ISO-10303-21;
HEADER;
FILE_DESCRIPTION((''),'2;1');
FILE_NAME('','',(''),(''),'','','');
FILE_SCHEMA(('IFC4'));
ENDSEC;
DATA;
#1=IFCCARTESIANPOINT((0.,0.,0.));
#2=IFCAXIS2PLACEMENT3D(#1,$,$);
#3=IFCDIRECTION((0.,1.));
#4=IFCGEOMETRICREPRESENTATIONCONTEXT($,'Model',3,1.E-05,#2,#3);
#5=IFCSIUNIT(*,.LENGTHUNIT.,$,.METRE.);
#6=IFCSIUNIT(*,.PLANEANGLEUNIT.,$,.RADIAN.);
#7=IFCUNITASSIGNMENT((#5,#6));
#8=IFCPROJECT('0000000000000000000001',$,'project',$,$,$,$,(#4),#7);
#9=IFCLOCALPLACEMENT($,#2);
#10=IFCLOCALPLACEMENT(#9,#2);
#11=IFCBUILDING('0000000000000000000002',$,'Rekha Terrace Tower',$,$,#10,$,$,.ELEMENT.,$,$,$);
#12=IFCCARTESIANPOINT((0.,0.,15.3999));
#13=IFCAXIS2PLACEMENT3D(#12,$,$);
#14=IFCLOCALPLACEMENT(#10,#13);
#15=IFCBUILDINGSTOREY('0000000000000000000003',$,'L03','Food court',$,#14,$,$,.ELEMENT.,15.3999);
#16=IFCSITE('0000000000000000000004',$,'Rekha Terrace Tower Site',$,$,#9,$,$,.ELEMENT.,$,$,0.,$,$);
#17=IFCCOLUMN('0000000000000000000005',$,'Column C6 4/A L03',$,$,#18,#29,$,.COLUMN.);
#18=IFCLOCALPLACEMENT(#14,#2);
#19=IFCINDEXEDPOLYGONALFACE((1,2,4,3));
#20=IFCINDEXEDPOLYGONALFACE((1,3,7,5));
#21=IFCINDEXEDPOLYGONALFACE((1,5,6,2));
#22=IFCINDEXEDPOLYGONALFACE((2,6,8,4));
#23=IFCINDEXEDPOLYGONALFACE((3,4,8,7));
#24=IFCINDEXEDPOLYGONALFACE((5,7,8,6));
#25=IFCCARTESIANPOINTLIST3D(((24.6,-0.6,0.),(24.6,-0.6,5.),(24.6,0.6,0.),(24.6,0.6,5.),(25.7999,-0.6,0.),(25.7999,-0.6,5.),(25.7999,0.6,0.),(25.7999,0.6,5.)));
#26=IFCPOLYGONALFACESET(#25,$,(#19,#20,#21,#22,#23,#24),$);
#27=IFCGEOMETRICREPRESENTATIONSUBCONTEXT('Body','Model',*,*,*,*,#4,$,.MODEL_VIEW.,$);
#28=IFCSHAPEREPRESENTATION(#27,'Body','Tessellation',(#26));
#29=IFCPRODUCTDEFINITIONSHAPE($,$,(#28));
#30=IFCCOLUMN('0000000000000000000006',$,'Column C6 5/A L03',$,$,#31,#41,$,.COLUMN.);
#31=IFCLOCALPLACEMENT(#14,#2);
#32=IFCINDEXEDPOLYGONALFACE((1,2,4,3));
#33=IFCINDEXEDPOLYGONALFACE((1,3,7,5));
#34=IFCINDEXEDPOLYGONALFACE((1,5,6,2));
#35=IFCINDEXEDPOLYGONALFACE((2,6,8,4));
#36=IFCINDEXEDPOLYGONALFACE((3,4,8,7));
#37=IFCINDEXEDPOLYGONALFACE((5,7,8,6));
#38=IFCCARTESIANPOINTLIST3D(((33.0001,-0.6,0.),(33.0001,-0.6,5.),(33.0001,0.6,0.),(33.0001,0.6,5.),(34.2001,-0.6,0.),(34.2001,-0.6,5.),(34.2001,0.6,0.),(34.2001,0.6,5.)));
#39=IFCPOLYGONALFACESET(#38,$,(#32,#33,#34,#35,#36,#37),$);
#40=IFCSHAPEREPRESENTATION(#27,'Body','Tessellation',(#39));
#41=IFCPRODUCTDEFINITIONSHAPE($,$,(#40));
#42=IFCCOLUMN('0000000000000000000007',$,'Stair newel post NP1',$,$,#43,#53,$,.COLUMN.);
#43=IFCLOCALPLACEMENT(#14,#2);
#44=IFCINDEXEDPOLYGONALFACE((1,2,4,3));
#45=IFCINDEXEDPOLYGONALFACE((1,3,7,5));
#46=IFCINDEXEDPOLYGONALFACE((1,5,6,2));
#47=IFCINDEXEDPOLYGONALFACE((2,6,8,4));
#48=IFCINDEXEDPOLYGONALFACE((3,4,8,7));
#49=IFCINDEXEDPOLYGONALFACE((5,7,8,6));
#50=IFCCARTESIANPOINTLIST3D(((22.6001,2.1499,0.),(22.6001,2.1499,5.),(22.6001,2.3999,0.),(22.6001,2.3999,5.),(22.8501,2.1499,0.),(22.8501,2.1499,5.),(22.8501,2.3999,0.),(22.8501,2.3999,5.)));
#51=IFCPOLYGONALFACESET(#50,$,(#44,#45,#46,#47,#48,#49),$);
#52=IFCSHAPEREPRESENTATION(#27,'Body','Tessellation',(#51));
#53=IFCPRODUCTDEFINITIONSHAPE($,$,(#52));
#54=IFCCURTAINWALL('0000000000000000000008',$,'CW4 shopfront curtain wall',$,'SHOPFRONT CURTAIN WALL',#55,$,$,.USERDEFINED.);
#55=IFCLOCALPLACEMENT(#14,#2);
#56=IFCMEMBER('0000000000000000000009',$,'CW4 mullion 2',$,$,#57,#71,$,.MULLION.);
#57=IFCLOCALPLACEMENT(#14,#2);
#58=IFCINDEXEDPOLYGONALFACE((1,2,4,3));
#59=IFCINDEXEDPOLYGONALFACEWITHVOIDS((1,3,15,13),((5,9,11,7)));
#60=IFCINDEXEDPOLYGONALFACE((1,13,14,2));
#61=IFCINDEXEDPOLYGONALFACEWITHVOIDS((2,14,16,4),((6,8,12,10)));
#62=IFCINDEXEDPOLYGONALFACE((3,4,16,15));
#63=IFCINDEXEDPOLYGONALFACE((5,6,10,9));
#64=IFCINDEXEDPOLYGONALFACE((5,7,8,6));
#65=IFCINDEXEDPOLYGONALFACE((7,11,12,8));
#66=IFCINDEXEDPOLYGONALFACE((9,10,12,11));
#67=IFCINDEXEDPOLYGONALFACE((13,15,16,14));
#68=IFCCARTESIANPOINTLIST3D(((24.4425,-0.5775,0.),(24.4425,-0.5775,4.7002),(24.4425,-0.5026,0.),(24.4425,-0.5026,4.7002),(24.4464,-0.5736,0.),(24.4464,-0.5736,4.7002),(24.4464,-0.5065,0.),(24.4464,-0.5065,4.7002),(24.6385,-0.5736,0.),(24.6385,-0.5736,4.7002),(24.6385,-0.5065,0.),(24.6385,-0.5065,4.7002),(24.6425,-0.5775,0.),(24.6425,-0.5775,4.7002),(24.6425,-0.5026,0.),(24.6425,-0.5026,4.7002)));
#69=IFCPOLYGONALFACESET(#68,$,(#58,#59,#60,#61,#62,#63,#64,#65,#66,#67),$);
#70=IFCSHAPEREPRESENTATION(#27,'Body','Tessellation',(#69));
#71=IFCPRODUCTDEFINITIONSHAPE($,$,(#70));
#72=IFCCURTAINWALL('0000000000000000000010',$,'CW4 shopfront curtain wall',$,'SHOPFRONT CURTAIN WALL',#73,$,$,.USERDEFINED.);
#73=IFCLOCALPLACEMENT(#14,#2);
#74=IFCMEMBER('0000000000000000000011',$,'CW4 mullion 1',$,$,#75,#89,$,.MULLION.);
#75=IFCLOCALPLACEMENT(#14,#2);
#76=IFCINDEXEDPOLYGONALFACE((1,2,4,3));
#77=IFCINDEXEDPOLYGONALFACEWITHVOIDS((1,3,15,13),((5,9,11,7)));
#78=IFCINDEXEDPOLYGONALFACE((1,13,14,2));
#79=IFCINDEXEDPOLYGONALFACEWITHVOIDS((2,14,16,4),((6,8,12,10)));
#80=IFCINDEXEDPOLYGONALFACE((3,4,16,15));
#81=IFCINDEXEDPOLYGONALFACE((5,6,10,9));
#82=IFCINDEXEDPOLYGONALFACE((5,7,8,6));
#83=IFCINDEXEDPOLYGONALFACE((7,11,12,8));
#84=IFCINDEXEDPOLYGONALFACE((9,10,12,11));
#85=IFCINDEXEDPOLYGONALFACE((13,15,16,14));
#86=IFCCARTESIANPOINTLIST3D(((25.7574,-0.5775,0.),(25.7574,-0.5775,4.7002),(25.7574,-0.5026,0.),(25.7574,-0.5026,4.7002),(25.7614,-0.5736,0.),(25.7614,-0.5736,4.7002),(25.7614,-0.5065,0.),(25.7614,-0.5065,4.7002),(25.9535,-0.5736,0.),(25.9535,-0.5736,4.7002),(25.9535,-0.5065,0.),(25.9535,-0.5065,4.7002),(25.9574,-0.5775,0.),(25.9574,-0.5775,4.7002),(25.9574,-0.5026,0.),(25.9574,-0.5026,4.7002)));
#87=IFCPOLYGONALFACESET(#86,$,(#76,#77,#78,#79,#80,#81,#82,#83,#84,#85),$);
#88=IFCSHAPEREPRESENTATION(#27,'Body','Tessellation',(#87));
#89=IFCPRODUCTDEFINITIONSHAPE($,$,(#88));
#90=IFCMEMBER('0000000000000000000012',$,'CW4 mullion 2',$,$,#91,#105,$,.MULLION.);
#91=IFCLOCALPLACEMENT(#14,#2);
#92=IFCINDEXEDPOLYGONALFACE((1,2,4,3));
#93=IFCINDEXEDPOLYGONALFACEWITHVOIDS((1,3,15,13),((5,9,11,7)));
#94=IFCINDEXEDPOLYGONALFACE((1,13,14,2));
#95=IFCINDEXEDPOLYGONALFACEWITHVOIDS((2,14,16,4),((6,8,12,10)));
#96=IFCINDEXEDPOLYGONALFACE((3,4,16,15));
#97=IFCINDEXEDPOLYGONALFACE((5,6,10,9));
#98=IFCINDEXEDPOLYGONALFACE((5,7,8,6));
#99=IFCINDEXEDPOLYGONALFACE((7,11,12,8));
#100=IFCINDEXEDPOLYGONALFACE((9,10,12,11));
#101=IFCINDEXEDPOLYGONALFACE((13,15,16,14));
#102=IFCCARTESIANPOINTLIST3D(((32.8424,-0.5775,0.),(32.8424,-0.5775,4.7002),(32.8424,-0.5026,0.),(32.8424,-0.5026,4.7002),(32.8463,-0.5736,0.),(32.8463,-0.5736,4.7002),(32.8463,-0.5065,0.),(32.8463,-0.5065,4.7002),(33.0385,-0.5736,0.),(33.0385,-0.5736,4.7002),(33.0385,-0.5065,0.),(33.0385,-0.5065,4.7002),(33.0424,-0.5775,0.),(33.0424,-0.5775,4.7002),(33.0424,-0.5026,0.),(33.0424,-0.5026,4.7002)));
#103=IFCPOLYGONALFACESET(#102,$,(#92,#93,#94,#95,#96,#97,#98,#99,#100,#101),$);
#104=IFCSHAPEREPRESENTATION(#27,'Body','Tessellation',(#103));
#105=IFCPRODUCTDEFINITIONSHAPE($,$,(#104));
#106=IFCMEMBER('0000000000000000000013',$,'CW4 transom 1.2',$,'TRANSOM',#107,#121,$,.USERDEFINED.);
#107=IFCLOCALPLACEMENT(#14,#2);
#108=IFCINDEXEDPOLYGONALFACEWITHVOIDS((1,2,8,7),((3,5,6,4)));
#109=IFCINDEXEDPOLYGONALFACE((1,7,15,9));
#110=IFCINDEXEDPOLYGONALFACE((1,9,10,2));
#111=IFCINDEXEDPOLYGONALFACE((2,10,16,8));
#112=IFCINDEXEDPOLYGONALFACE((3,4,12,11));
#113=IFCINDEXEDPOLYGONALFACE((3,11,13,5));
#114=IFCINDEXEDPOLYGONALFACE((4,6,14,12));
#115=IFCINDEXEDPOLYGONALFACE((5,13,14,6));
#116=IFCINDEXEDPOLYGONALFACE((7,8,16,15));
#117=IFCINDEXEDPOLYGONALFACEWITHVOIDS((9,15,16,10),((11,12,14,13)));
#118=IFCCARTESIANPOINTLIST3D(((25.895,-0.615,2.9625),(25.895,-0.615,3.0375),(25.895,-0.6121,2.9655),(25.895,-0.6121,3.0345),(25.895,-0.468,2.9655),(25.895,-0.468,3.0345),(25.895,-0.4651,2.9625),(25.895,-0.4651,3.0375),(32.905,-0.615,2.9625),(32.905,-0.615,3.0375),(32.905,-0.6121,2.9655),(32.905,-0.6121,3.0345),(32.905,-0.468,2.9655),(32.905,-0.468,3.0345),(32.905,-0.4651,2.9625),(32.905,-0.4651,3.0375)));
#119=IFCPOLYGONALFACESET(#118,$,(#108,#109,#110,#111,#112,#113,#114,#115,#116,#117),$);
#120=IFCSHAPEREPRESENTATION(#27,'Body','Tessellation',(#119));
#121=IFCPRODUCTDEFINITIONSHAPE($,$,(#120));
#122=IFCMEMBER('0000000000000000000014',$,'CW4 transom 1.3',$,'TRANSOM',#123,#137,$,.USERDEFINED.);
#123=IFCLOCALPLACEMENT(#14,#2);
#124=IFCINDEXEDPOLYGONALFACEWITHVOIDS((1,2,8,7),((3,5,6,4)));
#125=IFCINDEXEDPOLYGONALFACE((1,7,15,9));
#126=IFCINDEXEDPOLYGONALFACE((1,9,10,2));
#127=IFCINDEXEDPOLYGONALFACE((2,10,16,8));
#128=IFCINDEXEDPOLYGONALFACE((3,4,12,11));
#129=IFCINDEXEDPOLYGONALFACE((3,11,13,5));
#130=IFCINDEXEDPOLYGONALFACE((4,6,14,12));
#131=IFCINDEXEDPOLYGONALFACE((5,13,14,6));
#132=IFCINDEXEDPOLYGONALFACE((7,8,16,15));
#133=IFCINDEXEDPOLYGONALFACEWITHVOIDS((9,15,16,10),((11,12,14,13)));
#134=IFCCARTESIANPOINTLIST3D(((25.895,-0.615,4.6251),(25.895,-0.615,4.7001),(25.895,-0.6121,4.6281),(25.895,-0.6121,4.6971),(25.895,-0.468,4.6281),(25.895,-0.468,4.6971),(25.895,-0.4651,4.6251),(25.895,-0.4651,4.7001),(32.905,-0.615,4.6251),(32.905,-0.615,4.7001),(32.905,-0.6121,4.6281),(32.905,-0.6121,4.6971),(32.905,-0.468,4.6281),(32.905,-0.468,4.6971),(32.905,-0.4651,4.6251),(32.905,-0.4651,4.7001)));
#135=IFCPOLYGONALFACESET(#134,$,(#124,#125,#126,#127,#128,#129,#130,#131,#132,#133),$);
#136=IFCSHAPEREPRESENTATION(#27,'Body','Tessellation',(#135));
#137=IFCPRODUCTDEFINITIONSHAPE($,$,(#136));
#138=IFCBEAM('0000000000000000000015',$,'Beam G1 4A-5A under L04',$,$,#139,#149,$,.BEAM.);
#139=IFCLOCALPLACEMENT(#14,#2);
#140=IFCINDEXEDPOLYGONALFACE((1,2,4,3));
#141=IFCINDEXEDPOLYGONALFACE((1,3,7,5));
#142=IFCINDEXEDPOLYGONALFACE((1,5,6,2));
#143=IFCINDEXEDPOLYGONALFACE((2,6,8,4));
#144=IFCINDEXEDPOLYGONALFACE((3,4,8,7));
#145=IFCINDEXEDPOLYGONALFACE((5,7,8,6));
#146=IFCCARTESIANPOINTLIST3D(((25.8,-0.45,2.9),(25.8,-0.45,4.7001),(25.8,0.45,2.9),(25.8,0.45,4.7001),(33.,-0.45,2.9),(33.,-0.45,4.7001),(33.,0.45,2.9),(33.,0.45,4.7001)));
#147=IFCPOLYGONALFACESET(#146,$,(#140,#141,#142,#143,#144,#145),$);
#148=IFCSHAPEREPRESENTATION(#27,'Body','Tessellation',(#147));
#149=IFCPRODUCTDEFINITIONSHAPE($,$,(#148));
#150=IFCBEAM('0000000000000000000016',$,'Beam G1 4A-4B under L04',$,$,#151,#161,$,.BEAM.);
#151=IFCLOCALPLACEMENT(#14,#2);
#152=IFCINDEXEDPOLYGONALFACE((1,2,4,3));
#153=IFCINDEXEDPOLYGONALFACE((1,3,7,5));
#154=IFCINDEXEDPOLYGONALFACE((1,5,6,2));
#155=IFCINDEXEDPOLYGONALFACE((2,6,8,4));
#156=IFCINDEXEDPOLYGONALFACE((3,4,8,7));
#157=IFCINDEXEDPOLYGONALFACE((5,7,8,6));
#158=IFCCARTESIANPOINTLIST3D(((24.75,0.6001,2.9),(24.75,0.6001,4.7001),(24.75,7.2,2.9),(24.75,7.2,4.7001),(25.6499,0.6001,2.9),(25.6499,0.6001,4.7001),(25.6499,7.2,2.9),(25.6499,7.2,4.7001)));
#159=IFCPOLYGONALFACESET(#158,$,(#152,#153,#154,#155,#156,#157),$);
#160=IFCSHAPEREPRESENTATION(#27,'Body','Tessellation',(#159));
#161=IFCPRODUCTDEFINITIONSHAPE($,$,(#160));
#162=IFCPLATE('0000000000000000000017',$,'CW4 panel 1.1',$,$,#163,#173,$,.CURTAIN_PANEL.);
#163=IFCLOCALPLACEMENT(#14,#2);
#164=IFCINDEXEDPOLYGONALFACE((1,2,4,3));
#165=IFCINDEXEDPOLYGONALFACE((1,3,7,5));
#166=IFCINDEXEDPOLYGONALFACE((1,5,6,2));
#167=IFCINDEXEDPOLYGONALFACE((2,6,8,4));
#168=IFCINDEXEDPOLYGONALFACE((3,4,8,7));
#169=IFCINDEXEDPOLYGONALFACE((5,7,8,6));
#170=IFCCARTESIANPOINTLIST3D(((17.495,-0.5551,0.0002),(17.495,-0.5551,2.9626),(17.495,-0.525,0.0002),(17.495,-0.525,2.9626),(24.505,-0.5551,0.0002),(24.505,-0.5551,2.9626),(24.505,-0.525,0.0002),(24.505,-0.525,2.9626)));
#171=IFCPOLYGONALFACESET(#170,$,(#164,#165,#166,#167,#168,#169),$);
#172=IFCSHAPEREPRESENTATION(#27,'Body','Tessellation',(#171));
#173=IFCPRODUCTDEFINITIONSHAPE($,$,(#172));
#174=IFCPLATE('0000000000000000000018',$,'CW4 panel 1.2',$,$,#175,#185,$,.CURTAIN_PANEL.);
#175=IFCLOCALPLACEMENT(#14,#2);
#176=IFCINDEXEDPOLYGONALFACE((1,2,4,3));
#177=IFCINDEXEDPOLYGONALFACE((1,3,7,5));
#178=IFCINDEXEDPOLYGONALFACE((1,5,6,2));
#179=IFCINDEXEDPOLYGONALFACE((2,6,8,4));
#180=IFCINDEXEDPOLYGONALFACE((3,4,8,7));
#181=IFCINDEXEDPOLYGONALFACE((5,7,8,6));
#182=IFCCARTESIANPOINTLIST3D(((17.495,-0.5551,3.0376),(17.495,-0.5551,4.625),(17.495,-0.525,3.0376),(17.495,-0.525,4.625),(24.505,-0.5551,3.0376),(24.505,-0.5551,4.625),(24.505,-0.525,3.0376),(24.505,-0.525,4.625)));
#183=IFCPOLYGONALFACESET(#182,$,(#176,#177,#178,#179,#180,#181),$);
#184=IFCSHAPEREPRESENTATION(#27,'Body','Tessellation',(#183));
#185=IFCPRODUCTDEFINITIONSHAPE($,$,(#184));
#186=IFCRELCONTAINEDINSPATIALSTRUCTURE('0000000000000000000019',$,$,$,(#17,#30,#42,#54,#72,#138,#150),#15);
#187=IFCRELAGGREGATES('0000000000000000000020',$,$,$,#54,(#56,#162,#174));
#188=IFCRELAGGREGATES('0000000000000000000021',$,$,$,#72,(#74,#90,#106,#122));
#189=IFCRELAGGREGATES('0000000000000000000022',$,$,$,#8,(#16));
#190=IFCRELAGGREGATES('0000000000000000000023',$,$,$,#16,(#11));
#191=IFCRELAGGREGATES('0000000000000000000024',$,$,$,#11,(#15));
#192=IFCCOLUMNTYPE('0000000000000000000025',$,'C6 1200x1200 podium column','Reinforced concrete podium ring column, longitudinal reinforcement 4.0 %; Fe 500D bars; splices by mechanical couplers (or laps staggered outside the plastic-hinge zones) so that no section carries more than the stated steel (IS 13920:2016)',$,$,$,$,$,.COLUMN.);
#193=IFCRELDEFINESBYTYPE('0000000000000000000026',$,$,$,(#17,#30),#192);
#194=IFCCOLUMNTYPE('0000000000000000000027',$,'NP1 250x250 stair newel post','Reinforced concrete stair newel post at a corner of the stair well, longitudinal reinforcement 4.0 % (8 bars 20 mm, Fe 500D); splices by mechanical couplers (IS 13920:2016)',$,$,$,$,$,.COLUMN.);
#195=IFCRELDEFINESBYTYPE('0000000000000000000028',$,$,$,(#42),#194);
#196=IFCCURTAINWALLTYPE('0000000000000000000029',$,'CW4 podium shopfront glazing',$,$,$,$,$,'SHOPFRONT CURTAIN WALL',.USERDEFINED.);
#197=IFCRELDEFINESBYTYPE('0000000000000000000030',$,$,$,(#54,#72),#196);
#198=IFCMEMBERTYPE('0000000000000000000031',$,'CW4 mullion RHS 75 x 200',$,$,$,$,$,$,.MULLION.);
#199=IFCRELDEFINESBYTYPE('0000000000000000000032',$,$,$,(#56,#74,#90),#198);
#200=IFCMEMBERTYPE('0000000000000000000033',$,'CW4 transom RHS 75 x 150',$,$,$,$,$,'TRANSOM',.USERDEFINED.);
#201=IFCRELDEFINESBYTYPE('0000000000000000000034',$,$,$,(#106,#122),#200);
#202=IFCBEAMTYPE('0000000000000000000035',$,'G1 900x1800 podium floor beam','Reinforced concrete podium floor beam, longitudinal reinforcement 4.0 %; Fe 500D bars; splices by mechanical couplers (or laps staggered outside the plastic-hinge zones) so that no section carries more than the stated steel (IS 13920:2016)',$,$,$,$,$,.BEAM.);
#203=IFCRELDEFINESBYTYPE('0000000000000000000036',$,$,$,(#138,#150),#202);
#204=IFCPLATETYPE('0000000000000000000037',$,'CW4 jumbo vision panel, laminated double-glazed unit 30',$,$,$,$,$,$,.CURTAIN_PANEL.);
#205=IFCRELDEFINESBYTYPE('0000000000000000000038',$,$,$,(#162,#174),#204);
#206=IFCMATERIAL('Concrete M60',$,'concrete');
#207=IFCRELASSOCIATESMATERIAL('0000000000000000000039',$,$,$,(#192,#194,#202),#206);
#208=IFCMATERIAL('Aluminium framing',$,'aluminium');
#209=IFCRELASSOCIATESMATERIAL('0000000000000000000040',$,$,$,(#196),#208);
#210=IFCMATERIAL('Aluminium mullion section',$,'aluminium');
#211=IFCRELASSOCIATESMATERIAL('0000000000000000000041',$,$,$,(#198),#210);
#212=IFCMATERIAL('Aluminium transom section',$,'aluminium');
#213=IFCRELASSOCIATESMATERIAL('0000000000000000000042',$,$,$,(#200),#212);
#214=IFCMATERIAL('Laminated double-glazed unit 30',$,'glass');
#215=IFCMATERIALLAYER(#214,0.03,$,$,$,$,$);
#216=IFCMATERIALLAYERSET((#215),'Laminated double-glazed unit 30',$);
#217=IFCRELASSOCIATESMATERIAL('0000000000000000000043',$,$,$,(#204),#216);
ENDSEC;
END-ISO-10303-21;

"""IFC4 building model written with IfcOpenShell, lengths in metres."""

from ifc_helpers import new_model, si_unit, direction, frame, origin, origin_2d, place, context, subcontext, project, spatial, rectangle, hollow_rectangle, extrude, material, layer, layer_set, material_profile, profile_set, type_object, element, aggregate, save


model = new_model("IFC4")

# Units and contexts
model_context = context("Model", 3, precision=1e-05, world=origin(), true_north=direction((0.0, 1.0)))
body_context = subcontext(model_context, "Body", "Model", "MODEL_VIEW")
ifc_project = project(units=[si_unit("LENGTHUNIT", "METRE"), si_unit("PLANEANGLEUNIT", "RADIAN")], contexts=[model_context])

# Site, building, storey
site_placement = place(None, origin())
site = spatial("IfcSite", under=ifc_project, at=site_placement, Name="Rekha Terrace Tower Site", CompositionType="ELEMENT", RefElevation=0.0)
building_placement = place(site_placement, origin())
building = spatial("IfcBuilding", under=site, at=building_placement, Name="Rekha Terrace Tower", CompositionType="ELEMENT")
storey_placement = place(building_placement, frame((0.0, 0.0, 15.3999)))
storey = spatial("IfcBuildingStorey", under=building, at=storey_placement, Name="L03", Description="Food court", CompositionType="ELEMENT", Elevation=15.3999)

# Columns
ifc_material_1 = material(Name="Concrete M60", Category="concrete")
ifc_material_profile_1 = material_profile(ifc_material_1, rectangle(XDim=1.2, YDim=1.2, at=origin_2d()), Name="RC 1200x1200")
ifc_profile_set_1 = profile_set([ifc_material_profile_1], Name="Concrete M60")
column_type_1 = type_object("IfcColumnType", Name="C6 1200x1200 podium column", Description="Reinforced concrete podium ring column, longitudinal reinforcement 4.0 %; Fe 500D bars; splices by mechanical couplers (or laps staggered outside the plastic-hinge zones) so that no section carries more than the stated steel (IS 13920:2016)", PredefinedType="COLUMN", material=ifc_profile_set_1)
for number, where, z_axis, x_axis, name in (
    (1, (25.2, 0.0, 0.0), (0.0, 0.0, 1.0), (1.0, 0.0, 0.0), "Column C6 4/A L03"),
    (2, (33.6001, 0.0, 0.0), (0.0, 0.0, 1.0), (1.0, 0.0, 0.0), "Column C6 5/A L03"),
):
    element("IfcColumn", number, at=place(storey_placement, frame(where, z_axis=z_axis, x_axis=x_axis)), inside=storey, type_object=column_type_1, Name=name, PredefinedType="COLUMN", context=body_context, shape_type="SweptSolid", body=[
        extrude(rectangle(XDim=1.2, YDim=1.2, at=origin_2d()), origin(), (0.0, 0.0, 1.0), 5.0),
    ])
ifc_material_profile_2 = material_profile(ifc_material_1, rectangle(XDim=0.25, YDim=0.25, at=origin_2d()), Name="RC 250x250")
ifc_profile_set_2 = profile_set([ifc_material_profile_2], Name="Concrete M60")
column_type_2 = type_object("IfcColumnType", Name="NP1 250x250 stair newel post", Description="Reinforced concrete stair newel post at a corner of the stair well, longitudinal reinforcement 4.0 % (8 bars 20 mm, Fe 500D); splices by mechanical couplers (IS 13920:2016)", PredefinedType="COLUMN", material=ifc_profile_set_2)
column_placement = place(storey_placement, frame((22.7251, 2.2749, 0.0), z_axis=(0.0, 0.0, 1.0), x_axis=(1.0, 0.0, 0.0)))
element("IfcColumn", 3, at=column_placement, inside=storey, type_object=column_type_2, Name="Stair newel post NP1", PredefinedType="COLUMN", context=body_context, shape_type="SweptSolid", body=[
    extrude(rectangle(XDim=0.25, YDim=0.25, at=origin_2d()), origin(), (0.0, 0.0, 1.0), 5.0),
])

# Curtain wall, member
ifc_material_2 = material(Name="Aluminium framing", Category="aluminium")
curtain_wall_type = type_object("IfcCurtainWallType", Name="CW4 podium shopfront glazing", ElementType="SHOPFRONT CURTAIN WALL", PredefinedType="USERDEFINED", material=ifc_material_2)
curtain_wall_1_placement = place(storey_placement, origin())
curtain_wall_1 = element("IfcCurtainWall", 4, at=curtain_wall_1_placement, inside=storey, type_object=curtain_wall_type, Name="CW4 shopfront curtain wall", ObjectType="SHOPFRONT CURTAIN WALL", PredefinedType="USERDEFINED")
ifc_material_3 = material(Name="Aluminium mullion section", Category="aluminium")
ifc_material_profile_3 = material_profile(ifc_material_3, hollow_rectangle(XDim=0.075, YDim=0.2, WallThickness=0.0039, at=origin_2d()), Name="AL RHS 75x200")
ifc_profile_set_3 = profile_set([ifc_material_profile_3], Name="Aluminium mullion section")
member_type_1 = type_object("IfcMemberType", Name="CW4 mullion RHS 75 x 200", PredefinedType="MULLION", material=ifc_profile_set_3)
member_1_placement = place(storey_placement, frame((24.5425, -0.54, 0.0), z_axis=(0.0, 0.0, 1.0), x_axis=(0.0, 1.0, 0.0)))
member_1 = element("IfcMember", 5, at=member_1_placement, type_object=member_type_1, Name="CW4 mullion 2", PredefinedType="MULLION", context=body_context, shape_type="SweptSolid", body=[
    extrude(hollow_rectangle(XDim=0.075, YDim=0.2, WallThickness=0.0039, at=origin_2d()), origin(), (0.0, 0.0, 1.0), 4.7002),
])

# Curtain wall, members
curtain_wall_2_placement = place(storey_placement, origin())
curtain_wall_2 = element("IfcCurtainWall", 6, at=curtain_wall_2_placement, inside=storey, type_object=curtain_wall_type, Name="CW4 shopfront curtain wall", ObjectType="SHOPFRONT CURTAIN WALL", PredefinedType="USERDEFINED")
member_2_placement = place(storey_placement, frame((25.8574, -0.54, 0.0), z_axis=(0.0, 0.0, 1.0), x_axis=(0.0, 1.0, 0.0)))
member_2 = element("IfcMember", 7, at=member_2_placement, type_object=member_type_1, Name="CW4 mullion 1", PredefinedType="MULLION", context=body_context, shape_type="SweptSolid", body=[
    extrude(hollow_rectangle(XDim=0.075, YDim=0.2, WallThickness=0.0039, at=origin_2d()), origin(), (0.0, 0.0, 1.0), 4.7002),
])
member_3_placement = place(storey_placement, frame((32.9424, -0.54, 0.0), z_axis=(0.0, 0.0, 1.0), x_axis=(0.0, 1.0, 0.0)))
member_3 = element("IfcMember", 8, at=member_3_placement, type_object=member_type_1, Name="CW4 mullion 2", PredefinedType="MULLION", context=body_context, shape_type="SweptSolid", body=[
    extrude(hollow_rectangle(XDim=0.075, YDim=0.2, WallThickness=0.0039, at=origin_2d()), origin(), (0.0, 0.0, 1.0), 4.7002),
])
ifc_material_4 = material(Name="Aluminium transom section", Category="aluminium")
ifc_material_profile_4 = material_profile(ifc_material_4, hollow_rectangle(XDim=0.1499, YDim=0.075, WallThickness=0.0029, at=origin_2d()), Name="AL RHS 150x75")
ifc_profile_set_4 = profile_set([ifc_material_profile_4], Name="Aluminium transom section")
member_type_2 = type_object("IfcMemberType", Name="CW4 transom RHS 75 x 150", ElementType="TRANSOM", PredefinedType="USERDEFINED", material=ifc_profile_set_4)
member_4_placement = place(storey_placement, frame((25.895, -0.54, 3.0), z_axis=(1.0, 0.0, 0.0), x_axis=(0.0, 1.0, 0.0)))
member_4 = element("IfcMember", 9, at=member_4_placement, type_object=member_type_2, Name="CW4 transom 1.2", ObjectType="TRANSOM", PredefinedType="USERDEFINED", context=body_context, shape_type="SweptSolid", body=[
    extrude(hollow_rectangle(XDim=0.1499, YDim=0.075, WallThickness=0.0029, at=origin_2d()), origin(), (0.0, 0.0, 1.0), 7.01),
])
member_5_placement = place(storey_placement, frame((25.895, -0.54, 4.6626), z_axis=(1.0, 0.0, 0.0), x_axis=(0.0, 1.0, 0.0)))
member_5 = element("IfcMember", 10, at=member_5_placement, type_object=member_type_2, Name="CW4 transom 1.3", ObjectType="TRANSOM", PredefinedType="USERDEFINED", context=body_context, shape_type="SweptSolid", body=[
    extrude(hollow_rectangle(XDim=0.1499, YDim=0.075, WallThickness=0.0029, at=origin_2d()), origin(), (0.0, 0.0, 1.0), 7.01),
])

# Beams
ifc_material_profile_5 = material_profile(ifc_material_1, rectangle(XDim=0.8999, YDim=1.8, at=origin_2d()), Name="RC 900x1800")
ifc_profile_set_5 = profile_set([ifc_material_profile_5], Name="Concrete M60")
beam_type = type_object("IfcBeamType", Name="G1 900x1800 podium floor beam", Description="Reinforced concrete podium floor beam, longitudinal reinforcement 4.0 %; Fe 500D bars; splices by mechanical couplers (or laps staggered outside the plastic-hinge zones) so that no section carries more than the stated steel (IS 13920:2016)", PredefinedType="BEAM", material=ifc_profile_set_5)
beam_1_placement = place(storey_placement, frame((25.8, 0.0, 3.8), z_axis=(1.0, 0.0, 0.0), x_axis=(0.0, 1.0, 0.0)))
element("IfcBeam", 11, at=beam_1_placement, inside=storey, type_object=beam_type, Name="Beam G1 4A-5A under L04", PredefinedType="BEAM", context=body_context, shape_type="SweptSolid", body=[
    extrude(rectangle(XDim=0.8999, YDim=1.8, at=origin_2d()), origin(), (0.0, 0.0, 1.0), 7.2),
])
beam_2_placement = place(storey_placement, frame((25.2, 0.6001, 3.8), z_axis=(0.0, 1.0, 0.0), x_axis=(-1.0, 0.0, 0.0)))
element("IfcBeam", 12, at=beam_2_placement, inside=storey, type_object=beam_type, Name="Beam G1 4A-4B under L04", PredefinedType="BEAM", context=body_context, shape_type="SweptSolid", body=[
    extrude(rectangle(XDim=0.8999, YDim=1.8, at=origin_2d()), origin(), (0.0, 0.0, 1.0), 6.5999),
])

# Plates
ifc_material_5 = material(Name="Laminated double-glazed unit 30", Category="glass")
ifc_layer_1 = layer(ifc_material_5, 0.03)
ifc_layer_set_1 = layer_set([ifc_layer_1], Name="Laminated double-glazed unit 30")
plate_type = type_object("IfcPlateType", Name="CW4 jumbo vision panel, laminated double-glazed unit 30", PredefinedType="CURTAIN_PANEL", material=ifc_layer_set_1)
plate_1_placement = place(storey_placement, frame((21.0, -0.54, 0.0002), z_axis=(0.0, 0.0, 1.0), x_axis=(1.0, 0.0, 0.0)))
plate_1 = element("IfcPlate", 13, at=plate_1_placement, type_object=plate_type, Name="CW4 panel 1.1", PredefinedType="CURTAIN_PANEL", context=body_context, shape_type="SweptSolid", body=[
    extrude(rectangle(XDim=7.01, YDim=0.03, at=origin_2d()), origin(), (0.0, 0.0, 1.0), 2.9624),
])
plate_2_placement = place(storey_placement, frame((21.0, -0.54, 3.0376), z_axis=(0.0, 0.0, 1.0), x_axis=(1.0, 0.0, 0.0)))
plate_2 = element("IfcPlate", 14, at=plate_2_placement, type_object=plate_type, Name="CW4 panel 1.2", PredefinedType="CURTAIN_PANEL", context=body_context, shape_type="SweptSolid", body=[
    extrude(rectangle(XDim=7.01, YDim=0.03, at=origin_2d()), origin(), (0.0, 0.0, 1.0), 1.5874),
])
aggregate(curtain_wall_1, [member_1, plate_1, plate_2])
aggregate(curtain_wall_2, [member_2, member_3, member_4, member_5])

save(model, "model.ifc")
